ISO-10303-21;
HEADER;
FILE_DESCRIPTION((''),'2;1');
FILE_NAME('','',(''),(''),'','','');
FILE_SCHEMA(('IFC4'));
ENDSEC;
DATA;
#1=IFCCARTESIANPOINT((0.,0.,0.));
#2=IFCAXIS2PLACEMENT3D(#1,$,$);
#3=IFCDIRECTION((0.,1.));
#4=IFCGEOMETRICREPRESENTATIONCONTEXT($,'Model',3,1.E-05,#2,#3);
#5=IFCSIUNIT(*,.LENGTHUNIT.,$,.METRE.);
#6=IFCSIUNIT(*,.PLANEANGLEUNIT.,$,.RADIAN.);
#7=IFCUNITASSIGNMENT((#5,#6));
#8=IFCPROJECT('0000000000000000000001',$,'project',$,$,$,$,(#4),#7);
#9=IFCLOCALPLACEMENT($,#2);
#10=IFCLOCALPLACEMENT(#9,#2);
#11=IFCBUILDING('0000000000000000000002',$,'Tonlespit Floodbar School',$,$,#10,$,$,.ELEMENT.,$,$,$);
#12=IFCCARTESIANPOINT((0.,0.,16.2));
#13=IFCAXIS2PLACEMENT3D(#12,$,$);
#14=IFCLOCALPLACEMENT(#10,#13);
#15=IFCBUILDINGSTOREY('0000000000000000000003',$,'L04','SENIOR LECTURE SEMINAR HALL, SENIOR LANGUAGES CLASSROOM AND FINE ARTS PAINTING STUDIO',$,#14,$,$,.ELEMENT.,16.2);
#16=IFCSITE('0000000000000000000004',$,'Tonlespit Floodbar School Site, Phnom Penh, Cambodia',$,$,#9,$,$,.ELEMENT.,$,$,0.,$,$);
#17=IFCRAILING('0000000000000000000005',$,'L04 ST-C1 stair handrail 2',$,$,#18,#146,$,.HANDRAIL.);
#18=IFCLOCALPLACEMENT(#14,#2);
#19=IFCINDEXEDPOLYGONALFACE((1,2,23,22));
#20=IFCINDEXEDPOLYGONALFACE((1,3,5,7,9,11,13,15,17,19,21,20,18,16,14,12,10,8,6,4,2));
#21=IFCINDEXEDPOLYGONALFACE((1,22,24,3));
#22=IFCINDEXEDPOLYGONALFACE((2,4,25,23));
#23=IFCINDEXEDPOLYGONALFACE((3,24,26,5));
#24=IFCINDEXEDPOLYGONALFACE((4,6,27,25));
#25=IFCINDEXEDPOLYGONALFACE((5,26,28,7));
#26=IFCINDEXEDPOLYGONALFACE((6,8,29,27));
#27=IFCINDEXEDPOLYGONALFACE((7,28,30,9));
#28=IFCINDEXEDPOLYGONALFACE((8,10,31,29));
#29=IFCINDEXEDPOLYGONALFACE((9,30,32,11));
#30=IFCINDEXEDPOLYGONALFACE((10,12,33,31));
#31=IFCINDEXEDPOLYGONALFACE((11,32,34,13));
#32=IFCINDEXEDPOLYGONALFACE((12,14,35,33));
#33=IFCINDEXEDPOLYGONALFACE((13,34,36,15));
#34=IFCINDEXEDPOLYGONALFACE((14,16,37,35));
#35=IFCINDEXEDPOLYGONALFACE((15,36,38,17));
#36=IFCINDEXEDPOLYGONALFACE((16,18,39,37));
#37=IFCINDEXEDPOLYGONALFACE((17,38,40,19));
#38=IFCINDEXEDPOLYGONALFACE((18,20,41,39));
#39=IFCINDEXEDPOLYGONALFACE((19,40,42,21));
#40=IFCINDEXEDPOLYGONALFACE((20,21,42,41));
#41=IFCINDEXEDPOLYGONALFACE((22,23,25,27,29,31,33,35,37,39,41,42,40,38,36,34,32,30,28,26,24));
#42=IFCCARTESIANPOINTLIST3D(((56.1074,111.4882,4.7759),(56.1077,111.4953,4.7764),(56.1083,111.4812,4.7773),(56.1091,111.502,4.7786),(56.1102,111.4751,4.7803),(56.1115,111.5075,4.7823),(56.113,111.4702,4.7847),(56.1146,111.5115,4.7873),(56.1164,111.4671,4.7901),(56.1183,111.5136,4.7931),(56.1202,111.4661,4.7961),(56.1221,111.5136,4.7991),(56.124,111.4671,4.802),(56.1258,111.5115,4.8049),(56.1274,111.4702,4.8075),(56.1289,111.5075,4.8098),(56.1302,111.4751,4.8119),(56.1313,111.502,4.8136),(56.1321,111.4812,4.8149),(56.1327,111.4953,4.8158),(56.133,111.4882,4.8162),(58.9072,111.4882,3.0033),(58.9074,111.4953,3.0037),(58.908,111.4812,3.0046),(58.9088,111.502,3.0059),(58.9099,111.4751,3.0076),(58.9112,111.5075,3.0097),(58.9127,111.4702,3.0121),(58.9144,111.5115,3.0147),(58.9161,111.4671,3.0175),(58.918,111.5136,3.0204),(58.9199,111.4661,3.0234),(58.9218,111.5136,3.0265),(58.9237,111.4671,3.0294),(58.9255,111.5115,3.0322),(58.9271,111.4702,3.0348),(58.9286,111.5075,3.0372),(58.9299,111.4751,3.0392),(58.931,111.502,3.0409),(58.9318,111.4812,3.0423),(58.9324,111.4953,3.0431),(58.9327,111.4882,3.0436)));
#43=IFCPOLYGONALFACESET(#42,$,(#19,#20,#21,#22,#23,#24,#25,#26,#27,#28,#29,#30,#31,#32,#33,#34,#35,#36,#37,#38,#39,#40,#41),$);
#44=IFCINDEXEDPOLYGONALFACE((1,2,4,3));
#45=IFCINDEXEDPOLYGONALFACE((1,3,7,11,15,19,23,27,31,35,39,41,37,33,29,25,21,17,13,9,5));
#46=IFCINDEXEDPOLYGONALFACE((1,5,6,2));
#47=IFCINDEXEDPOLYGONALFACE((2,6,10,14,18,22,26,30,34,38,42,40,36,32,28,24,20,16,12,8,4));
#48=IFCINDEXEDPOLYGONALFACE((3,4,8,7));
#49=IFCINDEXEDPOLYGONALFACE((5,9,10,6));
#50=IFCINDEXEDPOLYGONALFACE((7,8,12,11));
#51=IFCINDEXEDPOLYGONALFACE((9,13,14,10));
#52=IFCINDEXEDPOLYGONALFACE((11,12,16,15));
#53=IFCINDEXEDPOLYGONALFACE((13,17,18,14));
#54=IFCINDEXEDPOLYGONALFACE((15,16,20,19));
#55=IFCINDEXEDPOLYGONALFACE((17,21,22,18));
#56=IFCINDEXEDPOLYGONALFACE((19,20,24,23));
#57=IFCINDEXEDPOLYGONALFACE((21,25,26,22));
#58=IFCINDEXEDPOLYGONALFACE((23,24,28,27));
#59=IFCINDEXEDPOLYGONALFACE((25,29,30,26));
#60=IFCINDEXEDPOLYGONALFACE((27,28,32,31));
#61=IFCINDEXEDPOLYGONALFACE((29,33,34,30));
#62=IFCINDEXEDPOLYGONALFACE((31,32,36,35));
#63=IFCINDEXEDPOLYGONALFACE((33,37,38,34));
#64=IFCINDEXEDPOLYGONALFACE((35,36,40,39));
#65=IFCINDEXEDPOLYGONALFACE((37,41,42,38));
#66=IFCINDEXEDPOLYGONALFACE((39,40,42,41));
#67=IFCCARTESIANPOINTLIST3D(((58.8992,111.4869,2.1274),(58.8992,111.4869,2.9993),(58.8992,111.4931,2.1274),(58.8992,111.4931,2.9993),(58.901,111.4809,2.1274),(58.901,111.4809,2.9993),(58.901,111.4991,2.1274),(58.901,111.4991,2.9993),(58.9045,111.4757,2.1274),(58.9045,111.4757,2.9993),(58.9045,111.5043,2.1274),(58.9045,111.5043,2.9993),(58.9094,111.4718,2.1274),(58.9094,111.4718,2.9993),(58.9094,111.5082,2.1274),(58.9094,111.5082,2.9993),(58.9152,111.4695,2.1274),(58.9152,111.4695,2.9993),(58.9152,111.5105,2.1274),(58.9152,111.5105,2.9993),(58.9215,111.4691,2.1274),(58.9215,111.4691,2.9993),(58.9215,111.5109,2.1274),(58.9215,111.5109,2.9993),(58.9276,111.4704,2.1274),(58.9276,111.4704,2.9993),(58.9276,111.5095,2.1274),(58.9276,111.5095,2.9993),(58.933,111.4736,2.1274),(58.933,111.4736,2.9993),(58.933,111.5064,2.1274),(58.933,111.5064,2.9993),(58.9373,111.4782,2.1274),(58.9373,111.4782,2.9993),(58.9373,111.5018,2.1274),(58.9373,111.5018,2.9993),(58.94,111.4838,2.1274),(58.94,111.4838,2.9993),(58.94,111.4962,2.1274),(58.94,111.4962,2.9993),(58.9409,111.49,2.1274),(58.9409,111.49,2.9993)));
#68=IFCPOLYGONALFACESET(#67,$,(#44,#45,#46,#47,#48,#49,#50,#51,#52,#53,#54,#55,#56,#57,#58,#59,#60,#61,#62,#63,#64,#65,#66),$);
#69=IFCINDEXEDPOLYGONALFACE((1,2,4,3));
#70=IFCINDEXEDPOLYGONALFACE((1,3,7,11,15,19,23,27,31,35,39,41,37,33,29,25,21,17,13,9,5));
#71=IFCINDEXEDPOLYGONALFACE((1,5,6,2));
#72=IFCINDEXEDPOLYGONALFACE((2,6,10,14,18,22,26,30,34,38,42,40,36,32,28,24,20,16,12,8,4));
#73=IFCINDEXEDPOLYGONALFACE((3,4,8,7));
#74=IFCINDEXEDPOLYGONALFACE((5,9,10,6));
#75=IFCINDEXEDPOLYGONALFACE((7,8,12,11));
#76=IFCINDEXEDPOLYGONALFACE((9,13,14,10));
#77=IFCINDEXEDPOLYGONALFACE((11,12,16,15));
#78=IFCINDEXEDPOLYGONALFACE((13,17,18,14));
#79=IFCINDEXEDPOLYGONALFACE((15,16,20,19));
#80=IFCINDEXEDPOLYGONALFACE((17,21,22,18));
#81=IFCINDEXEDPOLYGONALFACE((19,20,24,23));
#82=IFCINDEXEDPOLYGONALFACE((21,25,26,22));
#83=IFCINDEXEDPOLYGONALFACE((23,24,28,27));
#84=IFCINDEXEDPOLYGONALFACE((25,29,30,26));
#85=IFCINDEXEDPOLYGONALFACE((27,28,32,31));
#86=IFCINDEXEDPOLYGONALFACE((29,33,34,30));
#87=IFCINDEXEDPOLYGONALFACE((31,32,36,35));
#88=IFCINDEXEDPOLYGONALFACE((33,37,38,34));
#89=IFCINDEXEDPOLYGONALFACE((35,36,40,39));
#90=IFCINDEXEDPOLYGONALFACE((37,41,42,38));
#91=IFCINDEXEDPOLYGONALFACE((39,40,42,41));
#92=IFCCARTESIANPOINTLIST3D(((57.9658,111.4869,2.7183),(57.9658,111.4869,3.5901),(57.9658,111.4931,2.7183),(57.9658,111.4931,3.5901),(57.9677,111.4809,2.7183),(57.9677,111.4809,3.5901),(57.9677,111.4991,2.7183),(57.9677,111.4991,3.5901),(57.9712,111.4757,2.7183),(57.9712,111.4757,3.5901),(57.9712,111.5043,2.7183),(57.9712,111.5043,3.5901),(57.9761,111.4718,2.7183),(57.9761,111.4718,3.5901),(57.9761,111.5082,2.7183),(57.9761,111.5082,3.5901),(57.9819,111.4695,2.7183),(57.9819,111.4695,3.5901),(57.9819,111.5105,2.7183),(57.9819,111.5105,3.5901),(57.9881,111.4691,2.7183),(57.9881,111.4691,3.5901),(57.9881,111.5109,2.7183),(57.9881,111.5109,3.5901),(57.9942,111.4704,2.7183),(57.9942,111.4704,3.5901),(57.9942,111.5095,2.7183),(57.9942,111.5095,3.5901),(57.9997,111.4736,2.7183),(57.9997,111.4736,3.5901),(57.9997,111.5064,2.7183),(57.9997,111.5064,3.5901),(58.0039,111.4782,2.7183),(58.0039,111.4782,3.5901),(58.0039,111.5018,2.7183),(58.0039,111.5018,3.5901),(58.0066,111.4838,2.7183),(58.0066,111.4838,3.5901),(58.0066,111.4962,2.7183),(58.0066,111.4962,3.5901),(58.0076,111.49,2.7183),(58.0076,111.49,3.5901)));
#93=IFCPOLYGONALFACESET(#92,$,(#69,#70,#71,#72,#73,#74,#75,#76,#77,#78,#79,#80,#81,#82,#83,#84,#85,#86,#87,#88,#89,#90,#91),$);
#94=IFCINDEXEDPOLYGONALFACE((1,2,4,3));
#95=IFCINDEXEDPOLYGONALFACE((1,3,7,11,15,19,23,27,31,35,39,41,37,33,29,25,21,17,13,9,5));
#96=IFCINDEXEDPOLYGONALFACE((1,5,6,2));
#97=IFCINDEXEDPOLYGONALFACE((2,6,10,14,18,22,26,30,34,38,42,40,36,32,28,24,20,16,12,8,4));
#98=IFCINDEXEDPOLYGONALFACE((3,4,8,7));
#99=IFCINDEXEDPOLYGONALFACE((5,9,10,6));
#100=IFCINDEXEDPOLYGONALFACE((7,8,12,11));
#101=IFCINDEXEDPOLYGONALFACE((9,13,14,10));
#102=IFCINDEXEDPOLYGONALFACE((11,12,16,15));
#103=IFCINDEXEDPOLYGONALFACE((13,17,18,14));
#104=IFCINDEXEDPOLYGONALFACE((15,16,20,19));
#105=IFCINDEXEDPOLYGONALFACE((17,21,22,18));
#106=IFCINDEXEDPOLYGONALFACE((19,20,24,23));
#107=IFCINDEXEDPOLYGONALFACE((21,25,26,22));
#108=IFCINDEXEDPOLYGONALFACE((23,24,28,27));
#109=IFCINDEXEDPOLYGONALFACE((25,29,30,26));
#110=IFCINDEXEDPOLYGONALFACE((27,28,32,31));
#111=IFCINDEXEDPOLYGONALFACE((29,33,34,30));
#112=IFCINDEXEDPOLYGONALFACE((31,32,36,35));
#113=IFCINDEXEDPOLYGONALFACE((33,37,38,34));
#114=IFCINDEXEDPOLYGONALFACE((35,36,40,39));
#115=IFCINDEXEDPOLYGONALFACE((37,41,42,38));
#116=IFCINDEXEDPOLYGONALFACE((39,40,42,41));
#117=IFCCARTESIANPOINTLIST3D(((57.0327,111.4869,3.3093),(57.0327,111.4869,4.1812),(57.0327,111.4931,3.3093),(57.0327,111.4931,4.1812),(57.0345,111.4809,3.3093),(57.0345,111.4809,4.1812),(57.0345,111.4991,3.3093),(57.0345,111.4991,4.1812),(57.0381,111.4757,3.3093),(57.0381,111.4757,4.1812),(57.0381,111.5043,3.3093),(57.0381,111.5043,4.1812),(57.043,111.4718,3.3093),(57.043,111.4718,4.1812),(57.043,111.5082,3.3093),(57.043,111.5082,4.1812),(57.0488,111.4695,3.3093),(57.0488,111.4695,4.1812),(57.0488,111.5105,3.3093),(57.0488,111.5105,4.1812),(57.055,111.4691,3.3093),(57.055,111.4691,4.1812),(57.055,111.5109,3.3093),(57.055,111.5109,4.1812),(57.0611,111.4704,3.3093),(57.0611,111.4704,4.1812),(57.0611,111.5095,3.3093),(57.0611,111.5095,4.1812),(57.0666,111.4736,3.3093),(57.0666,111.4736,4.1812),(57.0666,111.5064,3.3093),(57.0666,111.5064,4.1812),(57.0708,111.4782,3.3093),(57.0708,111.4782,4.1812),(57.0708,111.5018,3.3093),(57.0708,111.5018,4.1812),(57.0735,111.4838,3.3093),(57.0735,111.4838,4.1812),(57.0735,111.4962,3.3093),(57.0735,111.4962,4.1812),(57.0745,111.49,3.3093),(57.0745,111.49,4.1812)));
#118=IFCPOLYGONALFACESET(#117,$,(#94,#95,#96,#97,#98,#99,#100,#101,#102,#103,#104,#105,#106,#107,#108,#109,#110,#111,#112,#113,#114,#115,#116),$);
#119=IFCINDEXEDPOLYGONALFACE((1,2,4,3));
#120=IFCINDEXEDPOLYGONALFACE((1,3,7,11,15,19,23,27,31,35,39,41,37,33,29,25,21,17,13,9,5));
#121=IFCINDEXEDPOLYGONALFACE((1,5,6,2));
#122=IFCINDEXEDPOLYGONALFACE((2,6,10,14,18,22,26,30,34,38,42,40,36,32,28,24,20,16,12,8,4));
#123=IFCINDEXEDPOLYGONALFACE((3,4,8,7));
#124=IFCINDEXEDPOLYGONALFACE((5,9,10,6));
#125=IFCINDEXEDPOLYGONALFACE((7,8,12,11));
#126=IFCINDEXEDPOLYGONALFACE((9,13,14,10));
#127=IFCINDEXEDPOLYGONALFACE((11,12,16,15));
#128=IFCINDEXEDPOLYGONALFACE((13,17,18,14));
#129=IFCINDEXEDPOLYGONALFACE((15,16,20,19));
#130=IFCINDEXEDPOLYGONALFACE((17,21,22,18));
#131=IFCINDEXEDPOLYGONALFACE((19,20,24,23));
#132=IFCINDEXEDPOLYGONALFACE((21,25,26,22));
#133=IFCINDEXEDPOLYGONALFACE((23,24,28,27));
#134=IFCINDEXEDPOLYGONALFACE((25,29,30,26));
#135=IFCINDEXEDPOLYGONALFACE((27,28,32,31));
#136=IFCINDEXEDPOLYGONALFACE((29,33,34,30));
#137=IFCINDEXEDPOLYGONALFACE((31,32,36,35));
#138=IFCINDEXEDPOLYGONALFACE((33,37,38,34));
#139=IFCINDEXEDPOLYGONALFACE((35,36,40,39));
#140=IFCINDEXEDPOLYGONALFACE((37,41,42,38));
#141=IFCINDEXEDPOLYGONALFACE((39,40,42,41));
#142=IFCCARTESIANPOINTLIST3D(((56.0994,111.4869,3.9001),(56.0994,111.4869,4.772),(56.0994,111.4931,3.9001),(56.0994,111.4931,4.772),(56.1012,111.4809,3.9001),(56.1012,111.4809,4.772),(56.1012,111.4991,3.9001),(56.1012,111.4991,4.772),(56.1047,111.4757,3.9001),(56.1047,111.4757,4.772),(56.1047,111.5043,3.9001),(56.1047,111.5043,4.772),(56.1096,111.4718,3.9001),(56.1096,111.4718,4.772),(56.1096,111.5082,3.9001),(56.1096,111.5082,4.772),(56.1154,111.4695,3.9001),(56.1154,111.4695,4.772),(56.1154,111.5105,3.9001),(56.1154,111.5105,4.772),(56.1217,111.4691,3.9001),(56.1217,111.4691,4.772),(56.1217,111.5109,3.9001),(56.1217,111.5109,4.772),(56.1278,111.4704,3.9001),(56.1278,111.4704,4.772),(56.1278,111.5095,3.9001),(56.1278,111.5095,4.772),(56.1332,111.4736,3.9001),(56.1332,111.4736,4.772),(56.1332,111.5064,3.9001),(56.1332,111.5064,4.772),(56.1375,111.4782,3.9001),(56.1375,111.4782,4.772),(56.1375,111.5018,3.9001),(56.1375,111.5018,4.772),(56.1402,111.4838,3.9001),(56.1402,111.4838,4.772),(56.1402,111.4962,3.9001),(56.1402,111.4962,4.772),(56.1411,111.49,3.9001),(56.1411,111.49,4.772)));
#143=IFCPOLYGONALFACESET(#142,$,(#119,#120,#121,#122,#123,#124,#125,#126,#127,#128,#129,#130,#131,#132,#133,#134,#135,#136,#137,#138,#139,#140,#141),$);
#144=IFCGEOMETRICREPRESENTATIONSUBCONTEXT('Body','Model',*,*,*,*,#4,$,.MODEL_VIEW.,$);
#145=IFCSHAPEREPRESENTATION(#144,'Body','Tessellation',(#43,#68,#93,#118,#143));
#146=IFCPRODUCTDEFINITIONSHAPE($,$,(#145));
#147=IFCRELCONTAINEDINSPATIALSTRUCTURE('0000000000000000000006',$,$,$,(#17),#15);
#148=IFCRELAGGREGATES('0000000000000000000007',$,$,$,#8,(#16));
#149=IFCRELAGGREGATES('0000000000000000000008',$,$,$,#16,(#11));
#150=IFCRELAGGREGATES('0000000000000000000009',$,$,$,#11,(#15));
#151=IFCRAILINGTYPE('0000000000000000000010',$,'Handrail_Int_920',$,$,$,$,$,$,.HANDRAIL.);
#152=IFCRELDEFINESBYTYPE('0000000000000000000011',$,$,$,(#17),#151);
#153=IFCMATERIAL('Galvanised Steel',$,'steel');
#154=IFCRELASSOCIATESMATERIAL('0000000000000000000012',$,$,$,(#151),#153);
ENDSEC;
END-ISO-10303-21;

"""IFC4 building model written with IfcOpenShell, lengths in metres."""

from ifc_helpers import new_model, si_unit, direction, frame, origin, origin_2d, place, context, subcontext, project, spatial, circle, extrude, material, type_object, element, save


model = new_model("IFC4")

# Units and contexts
model_context = context("Model", 3, precision=1e-05, world=origin(), true_north=direction((0.0, 1.0)))
body_context = subcontext(model_context, "Body", "Model", "MODEL_VIEW")
ifc_project = project(units=[si_unit("LENGTHUNIT", "METRE"), si_unit("PLANEANGLEUNIT", "RADIAN")], contexts=[model_context])

# Site, building, storey
site_placement = place(None, origin())
site = spatial("IfcSite", under=ifc_project, at=site_placement, Name="Tonlespit Floodbar School Site, Phnom Penh, Cambodia", CompositionType="ELEMENT", RefElevation=0.0)
building_placement = place(site_placement, origin())
building = spatial("IfcBuilding", under=site, at=building_placement, Name="Tonlespit Floodbar School", CompositionType="ELEMENT")
storey_placement = place(building_placement, frame((0.0, 0.0, 16.2)))
storey = spatial("IfcBuildingStorey", under=building, at=storey_placement, Name="L04", Description="SENIOR LECTURE SEMINAR HALL, SENIOR LANGUAGES CLASSROOM AND FINE ARTS PAINTING STUDIO", CompositionType="ELEMENT", Elevation=16.2)

# Shared definitions
ifc_material_1 = material(Name="Galvanised Steel", Category="steel")

# Railing
railing_type_1 = type_object("IfcRailingType", Name="Handrail_Int_920", PredefinedType="HANDRAIL", material=ifc_material_1)
railing_1_placement = place(storey_placement, frame((58.9199, 111.49, 2.1274)))
element("IfcRailing", 1, at=railing_1_placement, inside=storey, type_object=railing_type_1, Name="L04 ST-C1 stair handrail 2", PredefinedType="HANDRAIL", context=body_context, shape_type="SweptSolid", body=[
    extrude(circle(Radius=0.0239, at=origin_2d()), frame((0.0, 0.0, 0.896), z_axis=(-0.844888, 0.0, 0.534943), x_axis=(0.0, -1.0, 0.0)), (0.0, 0.0, 1.0), 3.3137),
    extrude(circle(Radius=0.021, at=origin_2d()), origin(), (0.0, 0.0, 1.0), 0.8718),
    extrude(circle(Radius=0.021, at=origin_2d()), frame((-0.9333, 0.0, 0.5908)), (0.0, 0.0, 1.0), 0.8718),
    extrude(circle(Radius=0.021, at=origin_2d()), frame((-1.8665, 0.0, 1.1819)), (0.0, 0.0, 1.0), 0.8718),
    extrude(circle(Radius=0.021, at=origin_2d()), frame((-2.7998, 0.0, 1.7727)), (0.0, 0.0, 1.0), 0.8718),
])

save(model, "model.ifc")
